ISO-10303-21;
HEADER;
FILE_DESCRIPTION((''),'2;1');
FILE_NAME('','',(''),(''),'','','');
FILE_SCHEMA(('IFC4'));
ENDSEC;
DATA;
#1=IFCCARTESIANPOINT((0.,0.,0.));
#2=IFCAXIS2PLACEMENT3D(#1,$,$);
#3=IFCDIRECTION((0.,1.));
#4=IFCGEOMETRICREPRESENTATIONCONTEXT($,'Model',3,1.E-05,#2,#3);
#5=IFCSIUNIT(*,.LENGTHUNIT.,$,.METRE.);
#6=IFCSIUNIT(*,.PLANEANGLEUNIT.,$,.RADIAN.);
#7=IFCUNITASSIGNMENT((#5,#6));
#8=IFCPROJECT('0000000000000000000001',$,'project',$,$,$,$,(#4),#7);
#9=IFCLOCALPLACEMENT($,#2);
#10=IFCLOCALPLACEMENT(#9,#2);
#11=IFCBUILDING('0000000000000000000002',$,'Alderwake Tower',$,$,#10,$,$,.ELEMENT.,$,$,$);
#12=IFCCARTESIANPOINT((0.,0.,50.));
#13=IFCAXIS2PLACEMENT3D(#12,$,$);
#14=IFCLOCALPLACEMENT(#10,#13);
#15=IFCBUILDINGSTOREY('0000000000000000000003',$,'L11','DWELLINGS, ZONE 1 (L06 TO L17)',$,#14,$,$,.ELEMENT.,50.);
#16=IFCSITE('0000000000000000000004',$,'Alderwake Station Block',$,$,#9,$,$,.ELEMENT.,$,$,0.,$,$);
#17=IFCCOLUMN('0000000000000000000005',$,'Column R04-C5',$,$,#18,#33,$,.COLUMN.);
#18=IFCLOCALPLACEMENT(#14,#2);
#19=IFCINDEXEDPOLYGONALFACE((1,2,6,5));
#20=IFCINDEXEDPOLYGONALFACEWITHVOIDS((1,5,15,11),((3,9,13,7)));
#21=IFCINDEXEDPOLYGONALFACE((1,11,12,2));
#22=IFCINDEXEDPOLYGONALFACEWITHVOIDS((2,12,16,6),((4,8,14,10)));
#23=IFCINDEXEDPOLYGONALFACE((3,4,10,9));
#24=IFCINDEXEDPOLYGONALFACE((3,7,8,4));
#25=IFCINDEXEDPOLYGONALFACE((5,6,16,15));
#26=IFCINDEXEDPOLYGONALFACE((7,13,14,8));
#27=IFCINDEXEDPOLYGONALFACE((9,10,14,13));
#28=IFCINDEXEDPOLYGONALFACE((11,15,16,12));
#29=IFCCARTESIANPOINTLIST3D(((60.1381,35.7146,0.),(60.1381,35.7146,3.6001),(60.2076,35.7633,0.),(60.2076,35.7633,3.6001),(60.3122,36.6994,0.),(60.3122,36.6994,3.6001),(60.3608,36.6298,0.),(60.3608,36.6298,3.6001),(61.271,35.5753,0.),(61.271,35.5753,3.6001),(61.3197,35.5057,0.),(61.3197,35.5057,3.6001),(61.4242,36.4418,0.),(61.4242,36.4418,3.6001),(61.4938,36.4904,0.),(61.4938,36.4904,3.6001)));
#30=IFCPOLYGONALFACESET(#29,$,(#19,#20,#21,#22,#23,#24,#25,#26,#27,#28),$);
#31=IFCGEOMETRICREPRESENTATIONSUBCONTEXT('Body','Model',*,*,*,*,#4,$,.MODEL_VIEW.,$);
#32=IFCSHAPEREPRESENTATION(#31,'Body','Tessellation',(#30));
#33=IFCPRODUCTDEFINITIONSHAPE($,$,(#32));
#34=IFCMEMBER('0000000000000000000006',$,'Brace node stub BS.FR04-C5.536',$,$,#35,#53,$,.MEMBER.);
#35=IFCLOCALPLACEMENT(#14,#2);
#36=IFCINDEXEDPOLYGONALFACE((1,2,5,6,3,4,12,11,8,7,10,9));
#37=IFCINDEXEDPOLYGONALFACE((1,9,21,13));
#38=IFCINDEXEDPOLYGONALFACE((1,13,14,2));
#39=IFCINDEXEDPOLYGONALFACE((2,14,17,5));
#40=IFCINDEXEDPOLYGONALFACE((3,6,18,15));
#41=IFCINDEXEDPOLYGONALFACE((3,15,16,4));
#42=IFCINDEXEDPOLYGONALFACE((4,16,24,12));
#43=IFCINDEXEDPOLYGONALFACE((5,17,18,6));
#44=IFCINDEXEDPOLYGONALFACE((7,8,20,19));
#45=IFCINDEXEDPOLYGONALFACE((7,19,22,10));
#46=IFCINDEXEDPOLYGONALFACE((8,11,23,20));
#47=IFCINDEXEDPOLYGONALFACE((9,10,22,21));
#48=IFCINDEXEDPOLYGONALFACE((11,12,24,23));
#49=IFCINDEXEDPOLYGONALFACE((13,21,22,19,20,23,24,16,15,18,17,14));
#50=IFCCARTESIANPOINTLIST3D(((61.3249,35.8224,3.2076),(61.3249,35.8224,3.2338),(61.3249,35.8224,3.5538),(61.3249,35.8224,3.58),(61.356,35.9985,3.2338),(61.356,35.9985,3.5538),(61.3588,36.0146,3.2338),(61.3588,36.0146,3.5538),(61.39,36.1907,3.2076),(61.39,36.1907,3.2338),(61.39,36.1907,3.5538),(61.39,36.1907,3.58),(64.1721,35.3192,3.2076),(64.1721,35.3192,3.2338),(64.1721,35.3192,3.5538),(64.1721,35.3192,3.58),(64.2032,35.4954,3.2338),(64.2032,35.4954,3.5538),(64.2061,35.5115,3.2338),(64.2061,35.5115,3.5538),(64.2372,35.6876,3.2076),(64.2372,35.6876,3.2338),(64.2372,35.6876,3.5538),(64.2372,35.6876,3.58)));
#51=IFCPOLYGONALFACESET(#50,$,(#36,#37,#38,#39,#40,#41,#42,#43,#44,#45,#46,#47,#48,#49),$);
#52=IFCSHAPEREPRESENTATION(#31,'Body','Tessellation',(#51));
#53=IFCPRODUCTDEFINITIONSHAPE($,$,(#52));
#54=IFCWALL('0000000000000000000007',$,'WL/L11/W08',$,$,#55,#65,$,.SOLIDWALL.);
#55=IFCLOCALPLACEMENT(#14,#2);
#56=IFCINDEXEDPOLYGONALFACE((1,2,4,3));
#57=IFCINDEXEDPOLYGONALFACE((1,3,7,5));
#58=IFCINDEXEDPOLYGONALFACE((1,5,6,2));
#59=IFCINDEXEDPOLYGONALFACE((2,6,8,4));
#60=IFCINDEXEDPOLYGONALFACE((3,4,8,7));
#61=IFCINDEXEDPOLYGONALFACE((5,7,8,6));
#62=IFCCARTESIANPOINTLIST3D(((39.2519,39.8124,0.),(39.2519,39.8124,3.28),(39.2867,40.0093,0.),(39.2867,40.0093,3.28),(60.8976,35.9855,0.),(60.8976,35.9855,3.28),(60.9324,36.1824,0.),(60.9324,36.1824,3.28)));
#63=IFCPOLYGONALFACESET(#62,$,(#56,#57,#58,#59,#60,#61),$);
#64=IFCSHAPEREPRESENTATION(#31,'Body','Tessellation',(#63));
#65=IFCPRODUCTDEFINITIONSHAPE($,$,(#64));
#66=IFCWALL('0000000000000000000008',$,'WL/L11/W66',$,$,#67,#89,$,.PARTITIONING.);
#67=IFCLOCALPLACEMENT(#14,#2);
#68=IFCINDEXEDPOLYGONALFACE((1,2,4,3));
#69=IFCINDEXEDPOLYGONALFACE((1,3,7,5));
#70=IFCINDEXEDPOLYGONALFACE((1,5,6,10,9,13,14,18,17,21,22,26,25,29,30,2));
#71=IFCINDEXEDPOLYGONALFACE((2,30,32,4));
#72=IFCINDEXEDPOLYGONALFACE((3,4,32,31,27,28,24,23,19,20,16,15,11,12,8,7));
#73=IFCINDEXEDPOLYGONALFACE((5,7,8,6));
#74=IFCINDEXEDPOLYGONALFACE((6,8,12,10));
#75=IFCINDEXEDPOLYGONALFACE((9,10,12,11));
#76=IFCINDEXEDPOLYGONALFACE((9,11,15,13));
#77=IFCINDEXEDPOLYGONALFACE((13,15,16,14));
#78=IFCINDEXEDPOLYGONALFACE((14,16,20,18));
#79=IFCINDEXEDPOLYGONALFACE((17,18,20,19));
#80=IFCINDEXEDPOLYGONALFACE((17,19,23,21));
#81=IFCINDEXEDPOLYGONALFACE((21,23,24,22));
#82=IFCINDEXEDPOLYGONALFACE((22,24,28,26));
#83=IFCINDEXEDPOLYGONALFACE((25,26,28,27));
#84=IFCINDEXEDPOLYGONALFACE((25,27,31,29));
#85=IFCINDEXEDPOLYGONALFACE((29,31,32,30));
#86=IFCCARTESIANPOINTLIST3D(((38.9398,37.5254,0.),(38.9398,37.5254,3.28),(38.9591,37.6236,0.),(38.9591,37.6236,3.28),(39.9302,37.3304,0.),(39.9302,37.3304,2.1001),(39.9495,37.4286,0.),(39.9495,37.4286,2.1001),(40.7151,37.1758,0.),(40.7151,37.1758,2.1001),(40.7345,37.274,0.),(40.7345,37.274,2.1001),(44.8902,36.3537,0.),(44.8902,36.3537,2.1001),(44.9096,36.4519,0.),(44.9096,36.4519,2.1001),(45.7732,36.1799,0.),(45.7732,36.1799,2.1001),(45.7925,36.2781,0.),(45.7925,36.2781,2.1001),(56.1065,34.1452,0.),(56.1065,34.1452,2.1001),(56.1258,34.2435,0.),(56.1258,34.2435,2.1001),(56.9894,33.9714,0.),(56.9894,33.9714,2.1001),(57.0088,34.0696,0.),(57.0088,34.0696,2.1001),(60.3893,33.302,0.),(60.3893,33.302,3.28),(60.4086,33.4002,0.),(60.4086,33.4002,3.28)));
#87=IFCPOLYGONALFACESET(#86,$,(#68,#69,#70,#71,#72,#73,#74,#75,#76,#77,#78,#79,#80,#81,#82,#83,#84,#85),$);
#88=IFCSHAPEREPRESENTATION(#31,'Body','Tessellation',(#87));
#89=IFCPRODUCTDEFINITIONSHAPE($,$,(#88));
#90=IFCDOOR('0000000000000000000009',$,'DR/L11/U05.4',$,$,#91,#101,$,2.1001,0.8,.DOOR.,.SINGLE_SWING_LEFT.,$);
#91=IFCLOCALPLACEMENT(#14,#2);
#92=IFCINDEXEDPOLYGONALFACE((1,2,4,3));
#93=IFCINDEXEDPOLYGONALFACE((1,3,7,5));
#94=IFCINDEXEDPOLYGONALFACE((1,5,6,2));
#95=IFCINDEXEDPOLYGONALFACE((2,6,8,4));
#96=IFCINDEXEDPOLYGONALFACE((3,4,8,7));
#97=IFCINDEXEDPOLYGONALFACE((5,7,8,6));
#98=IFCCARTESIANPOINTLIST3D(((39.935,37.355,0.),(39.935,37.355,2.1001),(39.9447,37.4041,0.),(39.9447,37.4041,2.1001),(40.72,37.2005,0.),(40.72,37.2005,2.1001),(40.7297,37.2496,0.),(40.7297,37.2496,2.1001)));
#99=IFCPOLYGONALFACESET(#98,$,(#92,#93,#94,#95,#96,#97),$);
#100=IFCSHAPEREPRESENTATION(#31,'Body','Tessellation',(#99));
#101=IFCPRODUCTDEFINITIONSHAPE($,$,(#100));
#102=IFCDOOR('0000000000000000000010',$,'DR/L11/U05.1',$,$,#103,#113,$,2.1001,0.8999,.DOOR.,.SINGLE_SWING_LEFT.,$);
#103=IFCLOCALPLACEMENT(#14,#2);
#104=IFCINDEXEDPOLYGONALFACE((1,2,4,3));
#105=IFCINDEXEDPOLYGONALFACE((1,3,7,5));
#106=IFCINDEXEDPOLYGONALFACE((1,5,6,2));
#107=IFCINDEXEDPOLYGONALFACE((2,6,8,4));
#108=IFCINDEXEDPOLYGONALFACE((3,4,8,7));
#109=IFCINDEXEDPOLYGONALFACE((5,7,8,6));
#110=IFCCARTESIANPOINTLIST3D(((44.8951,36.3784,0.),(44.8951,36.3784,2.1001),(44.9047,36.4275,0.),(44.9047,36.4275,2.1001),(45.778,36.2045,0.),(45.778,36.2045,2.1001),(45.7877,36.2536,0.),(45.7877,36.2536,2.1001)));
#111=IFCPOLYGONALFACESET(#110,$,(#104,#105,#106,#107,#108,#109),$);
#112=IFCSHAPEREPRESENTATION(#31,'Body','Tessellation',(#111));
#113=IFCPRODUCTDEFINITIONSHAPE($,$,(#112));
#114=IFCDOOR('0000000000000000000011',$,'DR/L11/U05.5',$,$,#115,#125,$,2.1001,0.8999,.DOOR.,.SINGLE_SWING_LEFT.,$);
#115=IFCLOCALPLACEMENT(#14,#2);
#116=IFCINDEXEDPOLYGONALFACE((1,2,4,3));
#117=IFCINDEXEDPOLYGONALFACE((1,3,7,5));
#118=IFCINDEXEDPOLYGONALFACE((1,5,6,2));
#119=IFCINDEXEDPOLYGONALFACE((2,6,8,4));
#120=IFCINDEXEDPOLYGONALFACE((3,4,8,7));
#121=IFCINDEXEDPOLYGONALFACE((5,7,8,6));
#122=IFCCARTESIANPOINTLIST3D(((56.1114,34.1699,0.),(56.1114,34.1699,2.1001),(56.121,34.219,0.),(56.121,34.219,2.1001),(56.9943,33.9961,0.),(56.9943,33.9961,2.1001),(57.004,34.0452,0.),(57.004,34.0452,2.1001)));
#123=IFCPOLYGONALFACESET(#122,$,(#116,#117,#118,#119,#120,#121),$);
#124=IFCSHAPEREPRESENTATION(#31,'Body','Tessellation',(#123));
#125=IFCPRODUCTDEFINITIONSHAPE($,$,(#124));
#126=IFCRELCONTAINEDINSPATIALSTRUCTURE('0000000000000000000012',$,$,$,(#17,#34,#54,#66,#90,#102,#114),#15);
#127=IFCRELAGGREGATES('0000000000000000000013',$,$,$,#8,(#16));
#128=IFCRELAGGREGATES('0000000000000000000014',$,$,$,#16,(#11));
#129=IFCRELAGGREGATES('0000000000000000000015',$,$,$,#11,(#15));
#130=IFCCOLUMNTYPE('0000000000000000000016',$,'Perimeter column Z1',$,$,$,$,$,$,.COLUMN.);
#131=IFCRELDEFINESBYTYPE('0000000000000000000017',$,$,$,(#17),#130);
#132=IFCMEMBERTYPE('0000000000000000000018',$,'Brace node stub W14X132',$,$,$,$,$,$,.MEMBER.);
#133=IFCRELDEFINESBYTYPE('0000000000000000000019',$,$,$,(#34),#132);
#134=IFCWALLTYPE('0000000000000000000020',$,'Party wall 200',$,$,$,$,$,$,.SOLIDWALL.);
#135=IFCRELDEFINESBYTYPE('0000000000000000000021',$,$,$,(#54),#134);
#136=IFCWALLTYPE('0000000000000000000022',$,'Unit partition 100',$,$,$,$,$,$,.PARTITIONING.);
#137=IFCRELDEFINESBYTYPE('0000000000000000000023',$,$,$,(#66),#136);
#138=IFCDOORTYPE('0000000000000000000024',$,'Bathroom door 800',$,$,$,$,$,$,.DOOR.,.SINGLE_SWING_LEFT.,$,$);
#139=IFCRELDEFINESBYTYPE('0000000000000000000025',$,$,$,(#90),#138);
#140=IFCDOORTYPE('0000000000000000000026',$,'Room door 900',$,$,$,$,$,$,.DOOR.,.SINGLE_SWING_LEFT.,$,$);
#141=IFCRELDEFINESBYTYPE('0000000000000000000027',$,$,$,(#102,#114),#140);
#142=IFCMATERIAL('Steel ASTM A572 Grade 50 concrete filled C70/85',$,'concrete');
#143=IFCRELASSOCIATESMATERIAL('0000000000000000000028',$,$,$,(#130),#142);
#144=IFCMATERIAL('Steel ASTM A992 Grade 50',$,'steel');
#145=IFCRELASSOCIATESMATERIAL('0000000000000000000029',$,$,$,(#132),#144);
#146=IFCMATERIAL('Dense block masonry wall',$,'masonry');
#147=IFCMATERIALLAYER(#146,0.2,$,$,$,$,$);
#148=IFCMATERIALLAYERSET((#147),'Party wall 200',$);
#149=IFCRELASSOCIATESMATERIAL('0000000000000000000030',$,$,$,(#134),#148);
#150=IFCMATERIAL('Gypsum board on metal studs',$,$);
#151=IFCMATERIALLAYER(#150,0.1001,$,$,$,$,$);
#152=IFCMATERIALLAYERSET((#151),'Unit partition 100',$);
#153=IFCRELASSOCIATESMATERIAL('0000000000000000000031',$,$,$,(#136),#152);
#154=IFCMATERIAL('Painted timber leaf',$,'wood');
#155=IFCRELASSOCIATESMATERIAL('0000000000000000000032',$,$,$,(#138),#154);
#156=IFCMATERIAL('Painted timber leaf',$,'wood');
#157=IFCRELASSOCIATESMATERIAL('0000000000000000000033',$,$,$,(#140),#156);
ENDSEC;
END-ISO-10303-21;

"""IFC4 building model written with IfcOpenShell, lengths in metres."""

from ifc_helpers import new_model, si_unit, direction, frame, frame_2d, origin, origin_2d, place, context, subcontext, project, spatial, rectangle, hollow_rectangle, i_section, extrude, material, layer, layer_set, material_profile, profile_set, type_object, element, fill, save


model = new_model("IFC4")

# Units and contexts
model_context = context("Model", 3, precision=1e-05, world=origin(), true_north=direction((0.0, 1.0)))
body_context = subcontext(model_context, "Body", "Model", "MODEL_VIEW")
ifc_project = project(units=[si_unit("LENGTHUNIT", "METRE"), si_unit("PLANEANGLEUNIT", "RADIAN")], contexts=[model_context])

# Site, building, storey
site_placement = place(None, origin())
site = spatial("IfcSite", under=ifc_project, at=site_placement, Name="Alderwake Station Block", CompositionType="ELEMENT", RefElevation=0.0)
building_placement = place(site_placement, origin())
building = spatial("IfcBuilding", under=site, at=building_placement, Name="Alderwake Tower", CompositionType="ELEMENT")
storey_placement = place(building_placement, frame((0.0, 0.0, 50.0)))
storey = spatial("IfcBuildingStorey", under=building, at=storey_placement, Name="L11", Description="DWELLINGS, ZONE 1 (L06 TO L17)", CompositionType="ELEMENT", Elevation=50.0)

# Column
ifc_material_1 = material(Name="Steel ASTM A572 Grade 50 concrete filled C70/85", Category="concrete")
ifc_material_profile_1 = material_profile(ifc_material_1, hollow_rectangle(XDim=1.0, YDim=1.2, WallThickness=0.0601, at=origin_2d()), Name="BOX 1200X1000X60")
ifc_profile_set_1 = profile_set([ifc_material_profile_1], Name="Steel ASTM A572 Grade 50 concrete filled C70/85")
column_type = type_object("IfcColumnType", Name="Perimeter column Z1", PredefinedType="COLUMN", material=ifc_profile_set_1)
column_placement = place(storey_placement, frame((60.8159, 36.1025, 0.0), z_axis=(0.0, 0.0, 1.0), x_axis=(0.174109, 0.984726, 0.0)))
element("IfcColumn", 1, at=column_placement, inside=storey, type_object=column_type, Name="Column R04-C5", PredefinedType="COLUMN", context=body_context, shape_type="SweptSolid", body=[
    extrude(hollow_rectangle(XDim=1.0, YDim=1.2, WallThickness=0.0601, at=origin_2d()), origin(), (0.0, 0.0, 1.0), 3.6001),
])

# Member
ifc_material_2 = material(Name="Steel ASTM A992 Grade 50", Category="steel")
ifc_material_profile_2 = material_profile(ifc_material_2, i_section(OverallWidth=0.374, OverallDepth=0.3723, WebThickness=0.0164, FlangeThickness=0.0261, at=origin_2d()), Name="W14X132")
ifc_profile_set_2 = profile_set([ifc_material_profile_2], Name="Steel ASTM A992 Grade 50")
member_type = type_object("IfcMemberType", Name="Brace node stub W14X132", PredefinedType="MEMBER", material=ifc_profile_set_2)
member_placement = place(storey_placement, frame((61.3574, 36.0066, 3.3938), z_axis=(0.98474, -0.174031, 0.0), x_axis=(0.174031, 0.98474, 0.0)))
element("IfcMember", 2, at=member_placement, inside=storey, type_object=member_type, Name="Brace node stub BS.FR04-C5.536", PredefinedType="MEMBER", context=body_context, shape_type="SweptSolid", body=[
    extrude(i_section(OverallWidth=0.374, OverallDepth=0.3723, WebThickness=0.0164, FlangeThickness=0.0261, at=origin_2d()), origin(), (0.0, 0.0, 1.0), 2.8914),
])

# Wall
ifc_material_3 = material(Name="Dense block masonry wall", Category="masonry")
ifc_layer_1 = layer(ifc_material_3, 0.2)
ifc_layer_set_1 = layer_set([ifc_layer_1], Name="Party wall 200")
wall_type_1 = type_object("IfcWallType", Name="Party wall 200", PredefinedType="SOLIDWALL", material=ifc_layer_set_1)
wall_1_placement = place(storey_placement, frame((60.915, 36.084, 0.0), z_axis=(0.0, 0.0, 1.0), x_axis=(-0.984728, 0.174097, 0.0)))
element("IfcWall", 3, at=wall_1_placement, inside=storey, type_object=wall_type_1, Name="WL/L11/W08", PredefinedType="SOLIDWALL", context=body_context, shape_type="SweptSolid", body=[
    extrude(rectangle(XDim=21.9814, YDim=0.2, at=frame_2d((10.9907, 0.0))), origin(), (0.0, 0.0, 1.0), 3.28),
])

# Wall, openings, doors
ifc_material_4 = material(Name="Gypsum board on metal studs")
ifc_layer_2 = layer(ifc_material_4, 0.1001)
ifc_layer_set_2 = layer_set([ifc_layer_2], Name="Unit partition 100")
wall_type_2 = type_object("IfcWallType", Name="Unit partition 100", PredefinedType="PARTITIONING", material=ifc_layer_set_2)
wall_2_placement = place(storey_placement, frame((60.3989, 33.3511, 0.0), z_axis=(0.0, 0.0, 1.0), x_axis=(-0.981161, 0.19319, 0.0)))
wall_2 = element("IfcWall", 4, at=wall_2_placement, inside=storey, type_object=wall_type_2, Name="WL/L11/W66", PredefinedType="PARTITIONING", context=body_context, shape_type="SweptSolid", body=[
    extrude(rectangle(XDim=21.8613, YDim=0.1001, at=frame_2d((10.9307, 0.0))), origin(), (0.0, 0.0, 1.0), 3.28),
])
opening_1_placement = place(wall_2_placement, frame((14.8967, 0.0, 0.0)))
opening_1 = element("IfcOpeningElement", 5, at=opening_1_placement, cuts=wall_2, PredefinedType="OPENING", context=body_context, shape_type="SweptSolid", body=[
    extrude(rectangle(XDim=0.8999, YDim=2.1001, at=frame_2d((0.45, 1.05))), frame((0.0, 0.0601, 0.0), z_axis=(0.0, -1.0, 0.0), x_axis=(1.0, 0.0, 0.0)), (0.0, 0.0, 1.0), 0.1201),
])
opening_2_placement = place(wall_2_placement, frame((20.052, 0.0, 0.0)))
opening_2 = element("IfcOpeningElement", 6, at=opening_2_placement, cuts=wall_2, PredefinedType="OPENING", context=body_context, shape_type="SweptSolid", body=[
    extrude(rectangle(XDim=0.8, YDim=2.1001, at=frame_2d((0.3999, 1.05))), frame((0.0, 0.0601, 0.0), z_axis=(0.0, -1.0, 0.0), x_axis=(1.0, 0.0, 0.0)), (0.0, 0.0, 1.0), 0.1201),
])
opening_3_placement = place(wall_2_placement, frame((3.4651, 0.0, 0.0)))
opening_3 = element("IfcOpeningElement", 7, at=opening_3_placement, cuts=wall_2, PredefinedType="OPENING", context=body_context, shape_type="SweptSolid", body=[
    extrude(rectangle(XDim=0.8999, YDim=2.1001, at=frame_2d((0.45, 1.05))), frame((0.0, 0.0601, 0.0), z_axis=(0.0, -1.0, 0.0), x_axis=(1.0, 0.0, 0.0)), (0.0, 0.0, 1.0), 0.1201),
])
ifc_material_5 = material(Name="Painted timber leaf", Category="wood")
door_type_1 = type_object("IfcDoorType", Name="Bathroom door 800", OperationType="SINGLE_SWING_LEFT", PredefinedType="DOOR", material=ifc_material_5)
door_1_placement = place(opening_2_placement, origin())
door_1 = element("IfcDoor", 8, at=door_1_placement, inside=storey, type_object=door_type_1, Name="DR/L11/U05.4", OperationType="SINGLE_SWING_LEFT", OverallHeight=2.1001, OverallWidth=0.8, PredefinedType="DOOR", context=body_context, shape_type="SweptSolid", body=[
    extrude(rectangle(XDim=0.8, YDim=2.1001, at=frame_2d((0.3999, 1.05))), frame((0.0, 0.0249, 0.0), z_axis=(0.0, -1.0, 0.0), x_axis=(1.0, 0.0, 0.0)), (0.0, 0.0, 1.0), 0.05),
])
fill(opening_2, door_1)
ifc_material_6 = material(Name="Painted timber leaf", Category="wood")
door_type_2 = type_object("IfcDoorType", Name="Room door 900", OperationType="SINGLE_SWING_LEFT", PredefinedType="DOOR", material=ifc_material_6)
door_2_placement = place(opening_1_placement, origin())
door_2 = element("IfcDoor", 9, at=door_2_placement, inside=storey, type_object=door_type_2, Name="DR/L11/U05.1", OperationType="SINGLE_SWING_LEFT", OverallHeight=2.1001, OverallWidth=0.8999, PredefinedType="DOOR", context=body_context, shape_type="SweptSolid", body=[
    extrude(rectangle(XDim=0.8999, YDim=2.1001, at=frame_2d((0.45, 1.05))), frame((0.0, 0.0249, 0.0), z_axis=(0.0, -1.0, 0.0), x_axis=(1.0, 0.0, 0.0)), (0.0, 0.0, 1.0), 0.05),
])
fill(opening_1, door_2)
door_3_placement = place(opening_3_placement, origin())
door_3 = element("IfcDoor", 10, at=door_3_placement, inside=storey, type_object=door_type_2, Name="DR/L11/U05.5", OperationType="SINGLE_SWING_LEFT", OverallHeight=2.1001, OverallWidth=0.8999, PredefinedType="DOOR", context=body_context, shape_type="SweptSolid", body=[
    extrude(rectangle(XDim=0.8999, YDim=2.1001, at=frame_2d((0.45, 1.05))), frame((0.0, 0.0249, 0.0), z_axis=(0.0, -1.0, 0.0), x_axis=(1.0, 0.0, 0.0)), (0.0, 0.0, 1.0), 0.05),
])
fill(opening_3, door_3)

save(model, "model.ifc")
